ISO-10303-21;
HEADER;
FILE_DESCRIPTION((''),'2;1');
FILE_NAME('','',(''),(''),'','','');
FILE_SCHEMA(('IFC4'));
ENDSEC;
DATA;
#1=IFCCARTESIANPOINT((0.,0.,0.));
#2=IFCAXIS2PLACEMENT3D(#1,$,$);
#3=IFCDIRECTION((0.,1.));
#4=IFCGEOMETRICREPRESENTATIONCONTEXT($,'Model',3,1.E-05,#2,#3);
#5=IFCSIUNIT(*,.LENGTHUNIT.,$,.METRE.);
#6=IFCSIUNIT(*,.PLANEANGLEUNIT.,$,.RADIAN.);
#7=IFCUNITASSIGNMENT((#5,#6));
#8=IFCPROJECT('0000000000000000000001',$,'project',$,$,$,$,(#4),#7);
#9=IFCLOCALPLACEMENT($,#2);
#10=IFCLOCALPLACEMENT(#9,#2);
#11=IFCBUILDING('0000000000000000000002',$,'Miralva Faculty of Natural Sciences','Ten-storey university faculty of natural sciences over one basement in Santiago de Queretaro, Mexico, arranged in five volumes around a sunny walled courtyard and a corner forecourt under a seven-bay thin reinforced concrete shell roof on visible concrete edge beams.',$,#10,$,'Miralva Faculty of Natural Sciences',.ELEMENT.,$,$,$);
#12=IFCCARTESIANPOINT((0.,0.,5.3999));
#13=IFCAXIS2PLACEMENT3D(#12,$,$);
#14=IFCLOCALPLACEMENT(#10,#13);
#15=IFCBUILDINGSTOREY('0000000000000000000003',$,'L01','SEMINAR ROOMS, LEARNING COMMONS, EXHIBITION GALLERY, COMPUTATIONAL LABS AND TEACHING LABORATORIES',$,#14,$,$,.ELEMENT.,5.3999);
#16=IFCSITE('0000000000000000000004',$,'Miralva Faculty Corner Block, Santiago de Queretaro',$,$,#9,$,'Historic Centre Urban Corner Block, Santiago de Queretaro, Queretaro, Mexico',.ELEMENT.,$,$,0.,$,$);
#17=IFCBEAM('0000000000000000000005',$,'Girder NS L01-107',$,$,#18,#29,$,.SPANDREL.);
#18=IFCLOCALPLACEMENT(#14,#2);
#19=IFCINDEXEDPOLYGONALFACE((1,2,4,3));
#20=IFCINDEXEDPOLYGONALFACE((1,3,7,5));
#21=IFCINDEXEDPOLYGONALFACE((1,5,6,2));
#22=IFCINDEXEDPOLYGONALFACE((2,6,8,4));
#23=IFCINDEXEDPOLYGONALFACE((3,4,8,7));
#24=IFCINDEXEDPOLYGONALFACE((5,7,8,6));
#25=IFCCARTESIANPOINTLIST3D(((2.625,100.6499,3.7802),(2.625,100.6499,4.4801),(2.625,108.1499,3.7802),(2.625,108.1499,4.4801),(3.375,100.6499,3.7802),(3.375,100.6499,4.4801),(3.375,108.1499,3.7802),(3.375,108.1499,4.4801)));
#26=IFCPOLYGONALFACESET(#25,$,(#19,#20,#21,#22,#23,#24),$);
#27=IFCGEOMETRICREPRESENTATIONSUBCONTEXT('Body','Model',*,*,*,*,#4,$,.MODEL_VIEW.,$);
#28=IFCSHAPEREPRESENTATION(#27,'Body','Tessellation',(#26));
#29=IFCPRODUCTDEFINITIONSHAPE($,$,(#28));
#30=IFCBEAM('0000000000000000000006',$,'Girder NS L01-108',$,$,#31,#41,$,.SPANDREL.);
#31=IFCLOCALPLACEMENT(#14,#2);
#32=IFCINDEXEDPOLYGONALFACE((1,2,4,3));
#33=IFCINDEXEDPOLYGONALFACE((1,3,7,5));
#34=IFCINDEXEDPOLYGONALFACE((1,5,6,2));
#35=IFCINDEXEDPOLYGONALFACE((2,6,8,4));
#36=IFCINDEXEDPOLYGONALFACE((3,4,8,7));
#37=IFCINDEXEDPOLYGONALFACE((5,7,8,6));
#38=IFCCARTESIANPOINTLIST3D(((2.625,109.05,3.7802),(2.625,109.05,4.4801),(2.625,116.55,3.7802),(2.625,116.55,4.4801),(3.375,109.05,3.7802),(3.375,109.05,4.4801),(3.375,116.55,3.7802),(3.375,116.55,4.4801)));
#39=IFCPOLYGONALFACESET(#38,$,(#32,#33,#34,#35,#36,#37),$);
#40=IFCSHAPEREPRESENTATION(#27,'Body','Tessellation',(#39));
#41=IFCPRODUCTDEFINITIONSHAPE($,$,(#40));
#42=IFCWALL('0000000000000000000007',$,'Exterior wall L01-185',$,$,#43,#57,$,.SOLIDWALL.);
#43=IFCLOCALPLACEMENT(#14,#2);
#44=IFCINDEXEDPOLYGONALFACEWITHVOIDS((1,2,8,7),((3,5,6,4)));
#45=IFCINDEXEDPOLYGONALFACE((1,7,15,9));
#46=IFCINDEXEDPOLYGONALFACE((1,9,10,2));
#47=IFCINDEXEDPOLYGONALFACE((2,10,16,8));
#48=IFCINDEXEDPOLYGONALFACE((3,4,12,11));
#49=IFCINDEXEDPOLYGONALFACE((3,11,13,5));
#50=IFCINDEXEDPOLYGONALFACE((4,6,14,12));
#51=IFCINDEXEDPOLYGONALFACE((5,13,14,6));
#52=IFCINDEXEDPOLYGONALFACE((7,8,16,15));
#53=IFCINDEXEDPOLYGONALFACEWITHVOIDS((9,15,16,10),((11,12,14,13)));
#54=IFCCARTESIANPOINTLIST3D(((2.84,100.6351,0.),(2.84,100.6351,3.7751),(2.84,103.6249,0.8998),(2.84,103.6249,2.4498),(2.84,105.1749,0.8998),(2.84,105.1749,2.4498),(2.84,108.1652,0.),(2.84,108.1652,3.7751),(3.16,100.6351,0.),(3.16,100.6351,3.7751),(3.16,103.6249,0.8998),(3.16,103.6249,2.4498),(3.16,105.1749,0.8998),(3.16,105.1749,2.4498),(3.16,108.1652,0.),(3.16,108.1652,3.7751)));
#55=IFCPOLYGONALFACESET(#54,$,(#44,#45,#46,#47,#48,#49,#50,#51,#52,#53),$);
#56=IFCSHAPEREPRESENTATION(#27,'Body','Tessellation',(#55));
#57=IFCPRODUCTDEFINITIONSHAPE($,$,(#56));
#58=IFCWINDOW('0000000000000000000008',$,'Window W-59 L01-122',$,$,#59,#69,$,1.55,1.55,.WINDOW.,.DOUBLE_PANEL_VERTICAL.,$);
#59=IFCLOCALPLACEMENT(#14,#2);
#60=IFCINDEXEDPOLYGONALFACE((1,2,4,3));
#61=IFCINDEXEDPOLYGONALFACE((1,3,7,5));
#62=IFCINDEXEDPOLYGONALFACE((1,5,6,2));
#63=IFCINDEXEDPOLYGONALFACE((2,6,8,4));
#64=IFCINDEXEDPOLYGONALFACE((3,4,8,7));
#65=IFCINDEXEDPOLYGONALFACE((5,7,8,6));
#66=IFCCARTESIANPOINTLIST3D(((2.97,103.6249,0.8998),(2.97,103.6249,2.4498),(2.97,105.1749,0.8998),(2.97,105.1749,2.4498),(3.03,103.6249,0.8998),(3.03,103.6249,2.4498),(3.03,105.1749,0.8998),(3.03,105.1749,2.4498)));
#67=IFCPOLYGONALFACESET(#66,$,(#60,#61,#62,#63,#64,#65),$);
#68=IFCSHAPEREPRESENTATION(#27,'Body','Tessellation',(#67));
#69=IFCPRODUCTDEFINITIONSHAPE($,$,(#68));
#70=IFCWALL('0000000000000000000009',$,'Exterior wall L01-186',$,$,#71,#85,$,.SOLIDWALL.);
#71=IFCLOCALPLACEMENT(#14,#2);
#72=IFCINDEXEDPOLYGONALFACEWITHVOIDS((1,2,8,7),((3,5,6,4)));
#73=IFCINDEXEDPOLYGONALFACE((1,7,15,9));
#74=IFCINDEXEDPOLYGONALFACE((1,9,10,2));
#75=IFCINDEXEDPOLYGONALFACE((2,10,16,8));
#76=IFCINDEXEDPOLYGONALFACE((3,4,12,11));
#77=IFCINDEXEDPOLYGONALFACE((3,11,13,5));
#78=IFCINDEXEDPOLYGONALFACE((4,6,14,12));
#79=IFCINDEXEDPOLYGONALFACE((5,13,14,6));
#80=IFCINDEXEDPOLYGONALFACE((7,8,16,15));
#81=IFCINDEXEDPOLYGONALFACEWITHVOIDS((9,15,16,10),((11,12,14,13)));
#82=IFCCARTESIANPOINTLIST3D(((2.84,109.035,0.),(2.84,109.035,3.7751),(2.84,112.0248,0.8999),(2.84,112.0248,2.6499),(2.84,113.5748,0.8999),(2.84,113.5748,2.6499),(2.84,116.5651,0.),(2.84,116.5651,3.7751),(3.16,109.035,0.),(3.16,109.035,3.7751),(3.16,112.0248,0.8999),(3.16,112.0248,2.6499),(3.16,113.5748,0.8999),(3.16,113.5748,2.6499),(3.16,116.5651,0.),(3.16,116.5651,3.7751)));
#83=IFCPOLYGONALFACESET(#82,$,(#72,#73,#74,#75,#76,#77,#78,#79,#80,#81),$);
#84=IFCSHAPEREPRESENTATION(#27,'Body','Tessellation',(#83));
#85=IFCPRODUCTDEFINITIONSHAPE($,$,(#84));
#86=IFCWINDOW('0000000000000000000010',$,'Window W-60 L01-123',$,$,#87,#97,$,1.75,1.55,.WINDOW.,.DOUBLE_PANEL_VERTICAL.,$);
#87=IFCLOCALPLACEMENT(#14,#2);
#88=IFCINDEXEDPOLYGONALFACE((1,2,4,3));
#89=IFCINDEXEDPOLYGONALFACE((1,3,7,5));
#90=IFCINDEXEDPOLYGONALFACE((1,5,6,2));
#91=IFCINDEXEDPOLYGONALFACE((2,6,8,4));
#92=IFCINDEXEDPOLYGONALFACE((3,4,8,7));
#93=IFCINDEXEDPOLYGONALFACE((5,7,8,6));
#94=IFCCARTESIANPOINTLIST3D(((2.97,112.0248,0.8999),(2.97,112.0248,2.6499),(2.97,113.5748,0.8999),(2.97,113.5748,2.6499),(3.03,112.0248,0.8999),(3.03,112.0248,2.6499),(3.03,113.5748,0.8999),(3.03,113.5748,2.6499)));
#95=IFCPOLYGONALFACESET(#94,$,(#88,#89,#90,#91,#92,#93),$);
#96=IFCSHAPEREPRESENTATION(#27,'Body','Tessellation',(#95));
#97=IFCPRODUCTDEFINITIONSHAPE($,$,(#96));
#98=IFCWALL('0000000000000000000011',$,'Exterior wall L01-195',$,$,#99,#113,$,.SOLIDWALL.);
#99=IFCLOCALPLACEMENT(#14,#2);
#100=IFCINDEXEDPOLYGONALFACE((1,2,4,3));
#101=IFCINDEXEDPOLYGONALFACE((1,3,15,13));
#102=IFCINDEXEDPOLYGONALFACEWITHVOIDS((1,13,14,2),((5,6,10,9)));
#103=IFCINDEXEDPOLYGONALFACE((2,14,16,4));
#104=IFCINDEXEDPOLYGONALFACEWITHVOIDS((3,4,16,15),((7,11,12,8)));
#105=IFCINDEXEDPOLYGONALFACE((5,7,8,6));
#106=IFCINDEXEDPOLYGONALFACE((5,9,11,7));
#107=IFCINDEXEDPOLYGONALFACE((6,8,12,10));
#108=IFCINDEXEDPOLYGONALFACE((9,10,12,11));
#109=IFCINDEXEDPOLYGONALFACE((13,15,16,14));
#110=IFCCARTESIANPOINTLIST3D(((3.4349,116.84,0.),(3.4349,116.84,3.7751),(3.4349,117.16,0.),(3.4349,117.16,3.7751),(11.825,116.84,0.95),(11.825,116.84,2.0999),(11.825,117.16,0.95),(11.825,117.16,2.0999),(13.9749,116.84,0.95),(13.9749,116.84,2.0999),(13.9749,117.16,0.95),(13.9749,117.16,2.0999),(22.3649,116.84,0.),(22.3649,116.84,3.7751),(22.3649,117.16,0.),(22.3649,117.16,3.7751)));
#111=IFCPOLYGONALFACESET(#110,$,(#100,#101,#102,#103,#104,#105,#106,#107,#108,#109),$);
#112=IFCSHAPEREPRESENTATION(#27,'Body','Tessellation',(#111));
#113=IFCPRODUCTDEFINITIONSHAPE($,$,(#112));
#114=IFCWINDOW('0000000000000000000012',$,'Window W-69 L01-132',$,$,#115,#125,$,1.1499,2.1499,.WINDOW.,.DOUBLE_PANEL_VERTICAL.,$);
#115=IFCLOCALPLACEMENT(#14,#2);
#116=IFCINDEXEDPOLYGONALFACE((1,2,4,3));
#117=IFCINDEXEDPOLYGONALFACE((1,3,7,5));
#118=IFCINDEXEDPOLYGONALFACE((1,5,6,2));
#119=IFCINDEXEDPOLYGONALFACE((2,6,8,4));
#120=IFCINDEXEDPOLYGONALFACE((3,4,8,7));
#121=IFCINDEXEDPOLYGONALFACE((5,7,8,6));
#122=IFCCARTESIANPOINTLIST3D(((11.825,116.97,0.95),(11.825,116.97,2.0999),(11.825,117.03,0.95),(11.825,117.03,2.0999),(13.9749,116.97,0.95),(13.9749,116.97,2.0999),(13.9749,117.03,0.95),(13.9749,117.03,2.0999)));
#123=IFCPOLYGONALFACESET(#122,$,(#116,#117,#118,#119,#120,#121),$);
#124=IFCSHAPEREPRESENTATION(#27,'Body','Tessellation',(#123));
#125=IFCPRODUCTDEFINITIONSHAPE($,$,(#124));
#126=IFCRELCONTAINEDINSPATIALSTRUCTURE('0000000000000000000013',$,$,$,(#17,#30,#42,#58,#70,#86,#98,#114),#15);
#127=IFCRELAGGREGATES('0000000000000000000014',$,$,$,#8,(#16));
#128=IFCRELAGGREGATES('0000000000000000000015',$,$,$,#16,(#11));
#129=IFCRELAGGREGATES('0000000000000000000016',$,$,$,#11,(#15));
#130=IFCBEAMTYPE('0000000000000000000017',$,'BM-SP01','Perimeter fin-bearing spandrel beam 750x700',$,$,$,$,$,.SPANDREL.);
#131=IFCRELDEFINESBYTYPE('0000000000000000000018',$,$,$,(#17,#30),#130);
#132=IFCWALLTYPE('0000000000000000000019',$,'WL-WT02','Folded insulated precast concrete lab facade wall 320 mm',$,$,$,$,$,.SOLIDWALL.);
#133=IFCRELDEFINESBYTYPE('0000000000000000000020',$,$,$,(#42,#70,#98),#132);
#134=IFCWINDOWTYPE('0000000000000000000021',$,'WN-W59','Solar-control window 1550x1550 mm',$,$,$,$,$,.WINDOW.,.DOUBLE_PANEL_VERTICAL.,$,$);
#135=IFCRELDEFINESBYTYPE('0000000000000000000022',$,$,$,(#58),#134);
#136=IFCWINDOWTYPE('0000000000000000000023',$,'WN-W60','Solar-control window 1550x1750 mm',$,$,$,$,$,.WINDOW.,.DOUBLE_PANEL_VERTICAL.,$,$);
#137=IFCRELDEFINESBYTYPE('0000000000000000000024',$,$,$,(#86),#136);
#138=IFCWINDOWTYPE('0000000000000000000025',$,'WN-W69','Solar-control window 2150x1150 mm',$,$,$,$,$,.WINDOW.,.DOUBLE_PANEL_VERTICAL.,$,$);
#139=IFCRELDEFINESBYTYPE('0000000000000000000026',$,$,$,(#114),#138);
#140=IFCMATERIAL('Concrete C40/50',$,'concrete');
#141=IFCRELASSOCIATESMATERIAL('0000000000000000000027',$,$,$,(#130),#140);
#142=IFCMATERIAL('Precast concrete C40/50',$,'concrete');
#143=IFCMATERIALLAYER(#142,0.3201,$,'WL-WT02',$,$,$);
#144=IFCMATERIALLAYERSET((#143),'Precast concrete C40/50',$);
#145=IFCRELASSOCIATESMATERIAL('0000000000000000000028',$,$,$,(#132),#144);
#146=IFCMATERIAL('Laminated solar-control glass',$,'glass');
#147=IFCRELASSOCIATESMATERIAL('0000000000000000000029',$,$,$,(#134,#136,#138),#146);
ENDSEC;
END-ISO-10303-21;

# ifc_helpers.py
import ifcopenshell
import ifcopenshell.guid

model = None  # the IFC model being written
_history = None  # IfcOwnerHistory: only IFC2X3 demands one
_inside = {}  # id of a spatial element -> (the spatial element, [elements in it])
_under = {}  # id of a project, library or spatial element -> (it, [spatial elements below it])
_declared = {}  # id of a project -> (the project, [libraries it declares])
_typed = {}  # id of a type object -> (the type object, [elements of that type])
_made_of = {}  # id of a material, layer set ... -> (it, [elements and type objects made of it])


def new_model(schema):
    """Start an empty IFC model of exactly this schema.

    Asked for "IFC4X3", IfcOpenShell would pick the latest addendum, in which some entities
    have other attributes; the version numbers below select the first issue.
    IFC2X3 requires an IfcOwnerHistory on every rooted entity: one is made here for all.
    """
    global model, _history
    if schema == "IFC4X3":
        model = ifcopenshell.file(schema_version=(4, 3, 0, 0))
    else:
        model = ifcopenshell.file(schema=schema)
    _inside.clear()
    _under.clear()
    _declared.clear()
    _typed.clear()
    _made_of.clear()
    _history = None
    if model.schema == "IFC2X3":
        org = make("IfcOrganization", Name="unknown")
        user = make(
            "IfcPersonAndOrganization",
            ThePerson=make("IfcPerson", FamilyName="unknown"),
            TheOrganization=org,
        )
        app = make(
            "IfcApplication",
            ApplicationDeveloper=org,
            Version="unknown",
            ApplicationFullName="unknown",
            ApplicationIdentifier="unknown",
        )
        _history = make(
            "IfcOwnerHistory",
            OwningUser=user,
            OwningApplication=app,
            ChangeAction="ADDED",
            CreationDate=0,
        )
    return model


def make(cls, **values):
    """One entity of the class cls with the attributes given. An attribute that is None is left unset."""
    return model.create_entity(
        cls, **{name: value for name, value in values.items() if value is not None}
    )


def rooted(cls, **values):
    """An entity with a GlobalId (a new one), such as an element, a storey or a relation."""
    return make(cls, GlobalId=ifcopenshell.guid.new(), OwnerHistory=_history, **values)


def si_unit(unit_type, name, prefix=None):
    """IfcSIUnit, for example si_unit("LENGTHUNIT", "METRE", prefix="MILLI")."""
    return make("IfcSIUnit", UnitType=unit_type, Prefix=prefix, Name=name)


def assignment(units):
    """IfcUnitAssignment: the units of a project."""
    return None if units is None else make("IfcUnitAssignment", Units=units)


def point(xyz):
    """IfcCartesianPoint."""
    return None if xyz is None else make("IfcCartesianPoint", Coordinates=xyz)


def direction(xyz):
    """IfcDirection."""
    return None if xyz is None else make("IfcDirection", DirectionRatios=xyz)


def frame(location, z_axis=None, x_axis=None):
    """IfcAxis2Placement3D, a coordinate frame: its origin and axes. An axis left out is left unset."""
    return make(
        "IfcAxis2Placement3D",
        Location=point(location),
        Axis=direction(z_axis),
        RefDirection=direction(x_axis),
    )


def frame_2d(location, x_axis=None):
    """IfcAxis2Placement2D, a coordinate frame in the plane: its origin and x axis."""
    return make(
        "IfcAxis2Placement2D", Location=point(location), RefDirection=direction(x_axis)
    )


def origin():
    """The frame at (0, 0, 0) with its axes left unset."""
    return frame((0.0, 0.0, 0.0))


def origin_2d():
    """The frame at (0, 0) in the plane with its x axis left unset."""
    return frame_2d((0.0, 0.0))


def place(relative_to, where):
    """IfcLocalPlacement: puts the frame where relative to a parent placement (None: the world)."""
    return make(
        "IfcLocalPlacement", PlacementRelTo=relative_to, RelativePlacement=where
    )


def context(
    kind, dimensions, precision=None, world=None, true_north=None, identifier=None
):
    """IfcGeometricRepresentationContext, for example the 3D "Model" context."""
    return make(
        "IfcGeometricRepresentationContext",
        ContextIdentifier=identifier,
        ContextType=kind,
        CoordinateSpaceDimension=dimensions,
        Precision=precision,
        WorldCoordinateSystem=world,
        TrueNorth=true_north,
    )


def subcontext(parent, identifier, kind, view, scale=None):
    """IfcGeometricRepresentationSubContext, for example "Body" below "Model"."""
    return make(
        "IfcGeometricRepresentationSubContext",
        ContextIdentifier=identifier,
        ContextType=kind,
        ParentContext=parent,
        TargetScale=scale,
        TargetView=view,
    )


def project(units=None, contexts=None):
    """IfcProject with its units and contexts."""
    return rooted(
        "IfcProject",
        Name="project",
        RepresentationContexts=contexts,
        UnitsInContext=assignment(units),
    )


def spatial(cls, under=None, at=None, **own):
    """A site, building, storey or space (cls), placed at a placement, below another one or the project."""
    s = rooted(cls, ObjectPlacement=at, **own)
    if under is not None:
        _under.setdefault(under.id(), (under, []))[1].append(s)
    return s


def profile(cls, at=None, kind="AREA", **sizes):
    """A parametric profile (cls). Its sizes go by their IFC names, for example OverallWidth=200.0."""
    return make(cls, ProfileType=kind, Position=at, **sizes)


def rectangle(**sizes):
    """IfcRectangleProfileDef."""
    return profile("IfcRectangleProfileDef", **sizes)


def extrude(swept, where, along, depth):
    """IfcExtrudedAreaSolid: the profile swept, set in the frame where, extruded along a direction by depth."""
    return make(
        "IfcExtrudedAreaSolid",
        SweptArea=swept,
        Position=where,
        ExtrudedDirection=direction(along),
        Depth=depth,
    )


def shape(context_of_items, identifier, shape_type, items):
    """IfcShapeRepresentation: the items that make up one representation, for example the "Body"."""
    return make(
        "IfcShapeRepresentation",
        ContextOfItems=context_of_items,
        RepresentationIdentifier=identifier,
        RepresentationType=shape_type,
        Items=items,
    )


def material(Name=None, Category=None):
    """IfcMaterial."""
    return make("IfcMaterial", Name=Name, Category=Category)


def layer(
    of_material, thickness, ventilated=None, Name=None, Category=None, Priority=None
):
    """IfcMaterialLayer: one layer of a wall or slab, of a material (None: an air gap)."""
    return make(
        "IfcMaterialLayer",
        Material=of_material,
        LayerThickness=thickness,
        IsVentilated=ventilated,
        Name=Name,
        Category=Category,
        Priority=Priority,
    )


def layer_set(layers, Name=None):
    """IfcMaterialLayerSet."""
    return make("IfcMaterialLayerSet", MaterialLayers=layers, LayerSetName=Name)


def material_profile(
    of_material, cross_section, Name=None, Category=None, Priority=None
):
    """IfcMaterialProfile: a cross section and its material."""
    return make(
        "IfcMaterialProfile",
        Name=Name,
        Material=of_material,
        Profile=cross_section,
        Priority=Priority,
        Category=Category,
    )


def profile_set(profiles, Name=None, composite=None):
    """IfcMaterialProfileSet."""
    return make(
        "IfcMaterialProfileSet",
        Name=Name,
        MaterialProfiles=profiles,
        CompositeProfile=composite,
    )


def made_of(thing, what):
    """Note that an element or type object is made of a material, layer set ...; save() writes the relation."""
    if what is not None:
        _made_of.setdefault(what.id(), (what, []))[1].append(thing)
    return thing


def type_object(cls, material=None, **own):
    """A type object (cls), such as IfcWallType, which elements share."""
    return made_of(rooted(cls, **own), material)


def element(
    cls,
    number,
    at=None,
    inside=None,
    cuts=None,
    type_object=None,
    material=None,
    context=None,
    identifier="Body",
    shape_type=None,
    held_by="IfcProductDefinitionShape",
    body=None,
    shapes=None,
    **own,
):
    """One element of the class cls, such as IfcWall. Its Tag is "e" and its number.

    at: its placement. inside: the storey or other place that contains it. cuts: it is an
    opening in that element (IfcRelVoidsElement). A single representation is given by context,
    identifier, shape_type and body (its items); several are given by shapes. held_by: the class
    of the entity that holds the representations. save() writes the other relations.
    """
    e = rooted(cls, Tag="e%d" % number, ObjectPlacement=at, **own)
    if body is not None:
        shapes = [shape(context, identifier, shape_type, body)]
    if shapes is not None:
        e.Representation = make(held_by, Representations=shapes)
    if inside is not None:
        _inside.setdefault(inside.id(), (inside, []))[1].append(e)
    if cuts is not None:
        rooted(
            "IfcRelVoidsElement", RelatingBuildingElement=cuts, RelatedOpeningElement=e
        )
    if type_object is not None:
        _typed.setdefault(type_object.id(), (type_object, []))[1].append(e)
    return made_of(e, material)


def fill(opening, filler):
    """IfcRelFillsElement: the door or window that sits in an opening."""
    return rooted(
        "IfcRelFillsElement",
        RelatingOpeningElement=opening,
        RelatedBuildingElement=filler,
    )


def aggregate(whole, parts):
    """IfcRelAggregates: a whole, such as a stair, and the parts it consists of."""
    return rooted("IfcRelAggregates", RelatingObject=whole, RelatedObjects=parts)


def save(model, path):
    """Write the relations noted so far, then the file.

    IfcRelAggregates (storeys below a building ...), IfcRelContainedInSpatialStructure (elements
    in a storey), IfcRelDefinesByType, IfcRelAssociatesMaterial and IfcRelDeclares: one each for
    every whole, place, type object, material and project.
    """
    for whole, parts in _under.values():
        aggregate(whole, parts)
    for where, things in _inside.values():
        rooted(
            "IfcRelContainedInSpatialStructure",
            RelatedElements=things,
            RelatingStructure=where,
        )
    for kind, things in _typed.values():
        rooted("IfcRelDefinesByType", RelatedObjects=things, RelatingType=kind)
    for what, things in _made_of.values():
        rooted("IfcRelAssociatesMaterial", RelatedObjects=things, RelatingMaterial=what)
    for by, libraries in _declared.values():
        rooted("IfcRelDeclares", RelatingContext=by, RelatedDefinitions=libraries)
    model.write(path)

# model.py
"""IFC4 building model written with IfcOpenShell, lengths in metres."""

from ifc_helpers import new_model, si_unit, direction, frame, frame_2d, origin, origin_2d, place, context, subcontext, project, spatial, rectangle, extrude, material, layer, layer_set, material_profile, profile_set, type_object, element, fill, save


model = new_model("IFC4")

# Units and contexts
model_context = context("Model", 3, precision=1e-05, world=origin(), true_north=direction((0.0, 1.0)))
body_context = subcontext(model_context, "Body", "Model", "MODEL_VIEW")
ifc_project = project(units=[si_unit("LENGTHUNIT", "METRE"), si_unit("PLANEANGLEUNIT", "RADIAN")], contexts=[model_context])

# Site, building, storey
site_placement = place(None, origin())
site = spatial("IfcSite", under=ifc_project, at=site_placement, Name="Miralva Faculty Corner Block, Santiago de Queretaro", LongName="Historic Centre Urban Corner Block, Santiago de Queretaro, Queretaro, Mexico", CompositionType="ELEMENT", RefElevation=0.0)
building_placement = place(site_placement, origin())
building = spatial("IfcBuilding", under=site, at=building_placement, Name="Miralva Faculty of Natural Sciences", Description="Ten-storey university faculty of natural sciences over one basement in Santiago de Queretaro, Mexico, arranged in five volumes around a sunny walled courtyard and a corner forecourt under a seven-bay thin reinforced concrete shell roof on visible concrete edge beams.", LongName="Miralva Faculty of Natural Sciences", CompositionType="ELEMENT")
storey_placement = place(building_placement, frame((0.0, 0.0, 5.3999)))
storey = spatial("IfcBuildingStorey", under=building, at=storey_placement, Name="L01", Description="SEMINAR ROOMS, LEARNING COMMONS, EXHIBITION GALLERY, COMPUTATIONAL LABS AND TEACHING LABORATORIES", CompositionType="ELEMENT", Elevation=5.3999)

# Beams
ifc_material_1 = material(Name="Concrete C40/50", Category="concrete")
ifc_material_profile_1 = material_profile(ifc_material_1, rectangle(XDim=0.75, YDim=0.7, at=origin_2d()), Name="RC 750x700")
ifc_profile_set_1 = profile_set([ifc_material_profile_1], Name="Concrete C40/50")
beam_type_1 = type_object("IfcBeamType", Name="BM-SP01", Description="Perimeter fin-bearing spandrel beam 750x700", PredefinedType="SPANDREL", material=ifc_profile_set_1)
for number, where, z_axis, x_axis, name in (
    (1, (3.0, 100.6499, 4.1301), (0.0, 1.0, 0.0), (-1.0, 0.0, 0.0), "Girder NS L01-107"),
    (2, (3.0, 109.05, 4.1301), (0.0, 1.0, 0.0), (-1.0, 0.0, 0.0), "Girder NS L01-108"),
):
    element("IfcBeam", number, at=place(storey_placement, frame(where, z_axis=z_axis, x_axis=x_axis)), inside=storey, type_object=beam_type_1, Name=name, PredefinedType="SPANDREL", context=body_context, shape_type="SweptSolid", body=[
        extrude(rectangle(XDim=0.75, YDim=0.7, at=origin_2d()), origin(), (0.0, 0.0, 1.0), 7.5),
    ])

# Walls, openings, windows
ifc_material_2 = material(Name="Precast concrete C40/50", Category="concrete")
ifc_layer = layer(ifc_material_2, 0.3201, Name="WL-WT02")
ifc_layer_set = layer_set([ifc_layer], Name="Precast concrete C40/50")
wall_type = type_object("IfcWallType", Name="WL-WT02", Description="Folded insulated precast concrete lab facade wall 320 mm", PredefinedType="SOLIDWALL", material=ifc_layer_set)
wall_1_placement = place(storey_placement, frame((3.0, 100.635, 0.0), z_axis=(0.0, 0.0, 1.0), x_axis=(0.0, 1.0, 0.0)))
wall_1 = element("IfcWall", 3, at=wall_1_placement, inside=storey, type_object=wall_type, Name="Exterior wall L01-185", PredefinedType="SOLIDWALL", context=body_context, shape_type="SweptSolid", body=[
    extrude(rectangle(XDim=7.53, YDim=0.3201, at=frame_2d((3.7651, 0.0))), origin(), (0.0, 0.0, 1.0), 3.7751),
])
opening_1_placement = place(wall_1_placement, frame((2.99, 0.0, 0.8999)))
opening_1 = element("IfcOpeningElement", 4, at=opening_1_placement, cuts=wall_1, PredefinedType="OPENING", context=body_context, shape_type="SweptSolid", body=[
    extrude(rectangle(XDim=1.55, YDim=1.55, at=frame_2d((0.7749, 0.7749))), frame((0.0, 0.1699, 0.0), z_axis=(0.0, -1.0, 0.0), x_axis=(1.0, 0.0, 0.0)), (0.0, 0.0, 1.0), 0.3401),
])
ifc_material_3 = material(Name="Laminated solar-control glass", Category="glass")
window_type_1 = type_object("IfcWindowType", Name="WN-W59", Description="Solar-control window 1550x1550 mm", PartitioningType="DOUBLE_PANEL_VERTICAL", PredefinedType="WINDOW", material=ifc_material_3)
window_1_placement = place(opening_1_placement, origin())
window_1 = element("IfcWindow", 5, at=window_1_placement, inside=storey, type_object=window_type_1, Name="Window W-59 L01-122", OverallHeight=1.55, OverallWidth=1.55, PartitioningType="DOUBLE_PANEL_VERTICAL", PredefinedType="WINDOW", context=body_context, shape_type="SweptSolid", body=[
    extrude(rectangle(XDim=1.55, YDim=1.55, at=frame_2d((0.7749, 0.7749))), frame((0.0, 0.03, 0.0), z_axis=(0.0, -1.0, 0.0), x_axis=(1.0, 0.0, 0.0)), (0.0, 0.0, 1.0), 0.0601),
])
fill(opening_1, window_1)
wall_2_placement = place(storey_placement, frame((3.0, 109.0349, 0.0), z_axis=(0.0, 0.0, 1.0), x_axis=(0.0, 1.0, 0.0)))
wall_2 = element("IfcWall", 6, at=wall_2_placement, inside=storey, type_object=wall_type, Name="Exterior wall L01-186", PredefinedType="SOLIDWALL", context=body_context, shape_type="SweptSolid", body=[
    extrude(rectangle(XDim=7.53, YDim=0.3201, at=frame_2d((3.7651, 0.0))), origin(), (0.0, 0.0, 1.0), 3.7751),
])
opening_2_placement = place(wall_2_placement, frame((2.99, 0.0, 0.8999)))
opening_2 = element("IfcOpeningElement", 7, at=opening_2_placement, cuts=wall_2, PredefinedType="OPENING", context=body_context, shape_type="SweptSolid", body=[
    extrude(rectangle(XDim=1.55, YDim=1.75, at=frame_2d((0.7749, 0.875))), frame((0.0, 0.1699, 0.0), z_axis=(0.0, -1.0, 0.0), x_axis=(1.0, 0.0, 0.0)), (0.0, 0.0, 1.0), 0.3401),
])
window_type_2 = type_object("IfcWindowType", Name="WN-W60", Description="Solar-control window 1550x1750 mm", PartitioningType="DOUBLE_PANEL_VERTICAL", PredefinedType="WINDOW", material=ifc_material_3)
window_2_placement = place(opening_2_placement, origin())
window_2 = element("IfcWindow", 8, at=window_2_placement, inside=storey, type_object=window_type_2, Name="Window W-60 L01-123", OverallHeight=1.75, OverallWidth=1.55, PartitioningType="DOUBLE_PANEL_VERTICAL", PredefinedType="WINDOW", context=body_context, shape_type="SweptSolid", body=[
    extrude(rectangle(XDim=1.55, YDim=1.75, at=frame_2d((0.7749, 0.875))), frame((0.0, 0.03, 0.0), z_axis=(0.0, -1.0, 0.0), x_axis=(1.0, 0.0, 0.0)), (0.0, 0.0, 1.0), 0.0601),
])
fill(opening_2, window_2)
wall_3_placement = place(storey_placement, frame((3.4351, 117.0, 0.0), z_axis=(0.0, 0.0, 1.0), x_axis=(1.0, 0.0, 0.0)))
wall_3 = element("IfcWall", 9, at=wall_3_placement, inside=storey, type_object=wall_type, Name="Exterior wall L01-195", PredefinedType="SOLIDWALL", context=body_context, shape_type="SweptSolid", body=[
    extrude(rectangle(XDim=18.9299, YDim=0.3201, at=frame_2d((9.4648, 0.0))), origin(), (0.0, 0.0, 1.0), 3.7751),
])
opening_3_placement = place(wall_3_placement, frame((8.3899, 0.0, 0.95)))
opening_3 = element("IfcOpeningElement", 10, at=opening_3_placement, cuts=wall_3, PredefinedType="OPENING", context=body_context, shape_type="SweptSolid", body=[
    extrude(rectangle(XDim=2.1499, YDim=1.1499, at=frame_2d((1.075, 0.575))), frame((0.0, 0.1699, 0.0), z_axis=(0.0, -1.0, 0.0), x_axis=(1.0, 0.0, 0.0)), (0.0, 0.0, 1.0), 0.3401),
])
window_type_3 = type_object("IfcWindowType", Name="WN-W69", Description="Solar-control window 2150x1150 mm", PartitioningType="DOUBLE_PANEL_VERTICAL", PredefinedType="WINDOW", material=ifc_material_3)
window_3_placement = place(opening_3_placement, origin())
window_3 = element("IfcWindow", 11, at=window_3_placement, inside=storey, type_object=window_type_3, Name="Window W-69 L01-132", OverallHeight=1.1499, OverallWidth=2.1499, PartitioningType="DOUBLE_PANEL_VERTICAL", PredefinedType="WINDOW", context=body_context, shape_type="SweptSolid", body=[
    extrude(rectangle(XDim=2.1499, YDim=1.1499, at=frame_2d((1.075, 0.575))), frame((0.0, 0.03, 0.0), z_axis=(0.0, -1.0, 0.0), x_axis=(1.0, 0.0, 0.0)), (0.0, 0.0, 1.0), 0.0601),
])
fill(opening_3, window_3)

save(model, "model.ifc")
